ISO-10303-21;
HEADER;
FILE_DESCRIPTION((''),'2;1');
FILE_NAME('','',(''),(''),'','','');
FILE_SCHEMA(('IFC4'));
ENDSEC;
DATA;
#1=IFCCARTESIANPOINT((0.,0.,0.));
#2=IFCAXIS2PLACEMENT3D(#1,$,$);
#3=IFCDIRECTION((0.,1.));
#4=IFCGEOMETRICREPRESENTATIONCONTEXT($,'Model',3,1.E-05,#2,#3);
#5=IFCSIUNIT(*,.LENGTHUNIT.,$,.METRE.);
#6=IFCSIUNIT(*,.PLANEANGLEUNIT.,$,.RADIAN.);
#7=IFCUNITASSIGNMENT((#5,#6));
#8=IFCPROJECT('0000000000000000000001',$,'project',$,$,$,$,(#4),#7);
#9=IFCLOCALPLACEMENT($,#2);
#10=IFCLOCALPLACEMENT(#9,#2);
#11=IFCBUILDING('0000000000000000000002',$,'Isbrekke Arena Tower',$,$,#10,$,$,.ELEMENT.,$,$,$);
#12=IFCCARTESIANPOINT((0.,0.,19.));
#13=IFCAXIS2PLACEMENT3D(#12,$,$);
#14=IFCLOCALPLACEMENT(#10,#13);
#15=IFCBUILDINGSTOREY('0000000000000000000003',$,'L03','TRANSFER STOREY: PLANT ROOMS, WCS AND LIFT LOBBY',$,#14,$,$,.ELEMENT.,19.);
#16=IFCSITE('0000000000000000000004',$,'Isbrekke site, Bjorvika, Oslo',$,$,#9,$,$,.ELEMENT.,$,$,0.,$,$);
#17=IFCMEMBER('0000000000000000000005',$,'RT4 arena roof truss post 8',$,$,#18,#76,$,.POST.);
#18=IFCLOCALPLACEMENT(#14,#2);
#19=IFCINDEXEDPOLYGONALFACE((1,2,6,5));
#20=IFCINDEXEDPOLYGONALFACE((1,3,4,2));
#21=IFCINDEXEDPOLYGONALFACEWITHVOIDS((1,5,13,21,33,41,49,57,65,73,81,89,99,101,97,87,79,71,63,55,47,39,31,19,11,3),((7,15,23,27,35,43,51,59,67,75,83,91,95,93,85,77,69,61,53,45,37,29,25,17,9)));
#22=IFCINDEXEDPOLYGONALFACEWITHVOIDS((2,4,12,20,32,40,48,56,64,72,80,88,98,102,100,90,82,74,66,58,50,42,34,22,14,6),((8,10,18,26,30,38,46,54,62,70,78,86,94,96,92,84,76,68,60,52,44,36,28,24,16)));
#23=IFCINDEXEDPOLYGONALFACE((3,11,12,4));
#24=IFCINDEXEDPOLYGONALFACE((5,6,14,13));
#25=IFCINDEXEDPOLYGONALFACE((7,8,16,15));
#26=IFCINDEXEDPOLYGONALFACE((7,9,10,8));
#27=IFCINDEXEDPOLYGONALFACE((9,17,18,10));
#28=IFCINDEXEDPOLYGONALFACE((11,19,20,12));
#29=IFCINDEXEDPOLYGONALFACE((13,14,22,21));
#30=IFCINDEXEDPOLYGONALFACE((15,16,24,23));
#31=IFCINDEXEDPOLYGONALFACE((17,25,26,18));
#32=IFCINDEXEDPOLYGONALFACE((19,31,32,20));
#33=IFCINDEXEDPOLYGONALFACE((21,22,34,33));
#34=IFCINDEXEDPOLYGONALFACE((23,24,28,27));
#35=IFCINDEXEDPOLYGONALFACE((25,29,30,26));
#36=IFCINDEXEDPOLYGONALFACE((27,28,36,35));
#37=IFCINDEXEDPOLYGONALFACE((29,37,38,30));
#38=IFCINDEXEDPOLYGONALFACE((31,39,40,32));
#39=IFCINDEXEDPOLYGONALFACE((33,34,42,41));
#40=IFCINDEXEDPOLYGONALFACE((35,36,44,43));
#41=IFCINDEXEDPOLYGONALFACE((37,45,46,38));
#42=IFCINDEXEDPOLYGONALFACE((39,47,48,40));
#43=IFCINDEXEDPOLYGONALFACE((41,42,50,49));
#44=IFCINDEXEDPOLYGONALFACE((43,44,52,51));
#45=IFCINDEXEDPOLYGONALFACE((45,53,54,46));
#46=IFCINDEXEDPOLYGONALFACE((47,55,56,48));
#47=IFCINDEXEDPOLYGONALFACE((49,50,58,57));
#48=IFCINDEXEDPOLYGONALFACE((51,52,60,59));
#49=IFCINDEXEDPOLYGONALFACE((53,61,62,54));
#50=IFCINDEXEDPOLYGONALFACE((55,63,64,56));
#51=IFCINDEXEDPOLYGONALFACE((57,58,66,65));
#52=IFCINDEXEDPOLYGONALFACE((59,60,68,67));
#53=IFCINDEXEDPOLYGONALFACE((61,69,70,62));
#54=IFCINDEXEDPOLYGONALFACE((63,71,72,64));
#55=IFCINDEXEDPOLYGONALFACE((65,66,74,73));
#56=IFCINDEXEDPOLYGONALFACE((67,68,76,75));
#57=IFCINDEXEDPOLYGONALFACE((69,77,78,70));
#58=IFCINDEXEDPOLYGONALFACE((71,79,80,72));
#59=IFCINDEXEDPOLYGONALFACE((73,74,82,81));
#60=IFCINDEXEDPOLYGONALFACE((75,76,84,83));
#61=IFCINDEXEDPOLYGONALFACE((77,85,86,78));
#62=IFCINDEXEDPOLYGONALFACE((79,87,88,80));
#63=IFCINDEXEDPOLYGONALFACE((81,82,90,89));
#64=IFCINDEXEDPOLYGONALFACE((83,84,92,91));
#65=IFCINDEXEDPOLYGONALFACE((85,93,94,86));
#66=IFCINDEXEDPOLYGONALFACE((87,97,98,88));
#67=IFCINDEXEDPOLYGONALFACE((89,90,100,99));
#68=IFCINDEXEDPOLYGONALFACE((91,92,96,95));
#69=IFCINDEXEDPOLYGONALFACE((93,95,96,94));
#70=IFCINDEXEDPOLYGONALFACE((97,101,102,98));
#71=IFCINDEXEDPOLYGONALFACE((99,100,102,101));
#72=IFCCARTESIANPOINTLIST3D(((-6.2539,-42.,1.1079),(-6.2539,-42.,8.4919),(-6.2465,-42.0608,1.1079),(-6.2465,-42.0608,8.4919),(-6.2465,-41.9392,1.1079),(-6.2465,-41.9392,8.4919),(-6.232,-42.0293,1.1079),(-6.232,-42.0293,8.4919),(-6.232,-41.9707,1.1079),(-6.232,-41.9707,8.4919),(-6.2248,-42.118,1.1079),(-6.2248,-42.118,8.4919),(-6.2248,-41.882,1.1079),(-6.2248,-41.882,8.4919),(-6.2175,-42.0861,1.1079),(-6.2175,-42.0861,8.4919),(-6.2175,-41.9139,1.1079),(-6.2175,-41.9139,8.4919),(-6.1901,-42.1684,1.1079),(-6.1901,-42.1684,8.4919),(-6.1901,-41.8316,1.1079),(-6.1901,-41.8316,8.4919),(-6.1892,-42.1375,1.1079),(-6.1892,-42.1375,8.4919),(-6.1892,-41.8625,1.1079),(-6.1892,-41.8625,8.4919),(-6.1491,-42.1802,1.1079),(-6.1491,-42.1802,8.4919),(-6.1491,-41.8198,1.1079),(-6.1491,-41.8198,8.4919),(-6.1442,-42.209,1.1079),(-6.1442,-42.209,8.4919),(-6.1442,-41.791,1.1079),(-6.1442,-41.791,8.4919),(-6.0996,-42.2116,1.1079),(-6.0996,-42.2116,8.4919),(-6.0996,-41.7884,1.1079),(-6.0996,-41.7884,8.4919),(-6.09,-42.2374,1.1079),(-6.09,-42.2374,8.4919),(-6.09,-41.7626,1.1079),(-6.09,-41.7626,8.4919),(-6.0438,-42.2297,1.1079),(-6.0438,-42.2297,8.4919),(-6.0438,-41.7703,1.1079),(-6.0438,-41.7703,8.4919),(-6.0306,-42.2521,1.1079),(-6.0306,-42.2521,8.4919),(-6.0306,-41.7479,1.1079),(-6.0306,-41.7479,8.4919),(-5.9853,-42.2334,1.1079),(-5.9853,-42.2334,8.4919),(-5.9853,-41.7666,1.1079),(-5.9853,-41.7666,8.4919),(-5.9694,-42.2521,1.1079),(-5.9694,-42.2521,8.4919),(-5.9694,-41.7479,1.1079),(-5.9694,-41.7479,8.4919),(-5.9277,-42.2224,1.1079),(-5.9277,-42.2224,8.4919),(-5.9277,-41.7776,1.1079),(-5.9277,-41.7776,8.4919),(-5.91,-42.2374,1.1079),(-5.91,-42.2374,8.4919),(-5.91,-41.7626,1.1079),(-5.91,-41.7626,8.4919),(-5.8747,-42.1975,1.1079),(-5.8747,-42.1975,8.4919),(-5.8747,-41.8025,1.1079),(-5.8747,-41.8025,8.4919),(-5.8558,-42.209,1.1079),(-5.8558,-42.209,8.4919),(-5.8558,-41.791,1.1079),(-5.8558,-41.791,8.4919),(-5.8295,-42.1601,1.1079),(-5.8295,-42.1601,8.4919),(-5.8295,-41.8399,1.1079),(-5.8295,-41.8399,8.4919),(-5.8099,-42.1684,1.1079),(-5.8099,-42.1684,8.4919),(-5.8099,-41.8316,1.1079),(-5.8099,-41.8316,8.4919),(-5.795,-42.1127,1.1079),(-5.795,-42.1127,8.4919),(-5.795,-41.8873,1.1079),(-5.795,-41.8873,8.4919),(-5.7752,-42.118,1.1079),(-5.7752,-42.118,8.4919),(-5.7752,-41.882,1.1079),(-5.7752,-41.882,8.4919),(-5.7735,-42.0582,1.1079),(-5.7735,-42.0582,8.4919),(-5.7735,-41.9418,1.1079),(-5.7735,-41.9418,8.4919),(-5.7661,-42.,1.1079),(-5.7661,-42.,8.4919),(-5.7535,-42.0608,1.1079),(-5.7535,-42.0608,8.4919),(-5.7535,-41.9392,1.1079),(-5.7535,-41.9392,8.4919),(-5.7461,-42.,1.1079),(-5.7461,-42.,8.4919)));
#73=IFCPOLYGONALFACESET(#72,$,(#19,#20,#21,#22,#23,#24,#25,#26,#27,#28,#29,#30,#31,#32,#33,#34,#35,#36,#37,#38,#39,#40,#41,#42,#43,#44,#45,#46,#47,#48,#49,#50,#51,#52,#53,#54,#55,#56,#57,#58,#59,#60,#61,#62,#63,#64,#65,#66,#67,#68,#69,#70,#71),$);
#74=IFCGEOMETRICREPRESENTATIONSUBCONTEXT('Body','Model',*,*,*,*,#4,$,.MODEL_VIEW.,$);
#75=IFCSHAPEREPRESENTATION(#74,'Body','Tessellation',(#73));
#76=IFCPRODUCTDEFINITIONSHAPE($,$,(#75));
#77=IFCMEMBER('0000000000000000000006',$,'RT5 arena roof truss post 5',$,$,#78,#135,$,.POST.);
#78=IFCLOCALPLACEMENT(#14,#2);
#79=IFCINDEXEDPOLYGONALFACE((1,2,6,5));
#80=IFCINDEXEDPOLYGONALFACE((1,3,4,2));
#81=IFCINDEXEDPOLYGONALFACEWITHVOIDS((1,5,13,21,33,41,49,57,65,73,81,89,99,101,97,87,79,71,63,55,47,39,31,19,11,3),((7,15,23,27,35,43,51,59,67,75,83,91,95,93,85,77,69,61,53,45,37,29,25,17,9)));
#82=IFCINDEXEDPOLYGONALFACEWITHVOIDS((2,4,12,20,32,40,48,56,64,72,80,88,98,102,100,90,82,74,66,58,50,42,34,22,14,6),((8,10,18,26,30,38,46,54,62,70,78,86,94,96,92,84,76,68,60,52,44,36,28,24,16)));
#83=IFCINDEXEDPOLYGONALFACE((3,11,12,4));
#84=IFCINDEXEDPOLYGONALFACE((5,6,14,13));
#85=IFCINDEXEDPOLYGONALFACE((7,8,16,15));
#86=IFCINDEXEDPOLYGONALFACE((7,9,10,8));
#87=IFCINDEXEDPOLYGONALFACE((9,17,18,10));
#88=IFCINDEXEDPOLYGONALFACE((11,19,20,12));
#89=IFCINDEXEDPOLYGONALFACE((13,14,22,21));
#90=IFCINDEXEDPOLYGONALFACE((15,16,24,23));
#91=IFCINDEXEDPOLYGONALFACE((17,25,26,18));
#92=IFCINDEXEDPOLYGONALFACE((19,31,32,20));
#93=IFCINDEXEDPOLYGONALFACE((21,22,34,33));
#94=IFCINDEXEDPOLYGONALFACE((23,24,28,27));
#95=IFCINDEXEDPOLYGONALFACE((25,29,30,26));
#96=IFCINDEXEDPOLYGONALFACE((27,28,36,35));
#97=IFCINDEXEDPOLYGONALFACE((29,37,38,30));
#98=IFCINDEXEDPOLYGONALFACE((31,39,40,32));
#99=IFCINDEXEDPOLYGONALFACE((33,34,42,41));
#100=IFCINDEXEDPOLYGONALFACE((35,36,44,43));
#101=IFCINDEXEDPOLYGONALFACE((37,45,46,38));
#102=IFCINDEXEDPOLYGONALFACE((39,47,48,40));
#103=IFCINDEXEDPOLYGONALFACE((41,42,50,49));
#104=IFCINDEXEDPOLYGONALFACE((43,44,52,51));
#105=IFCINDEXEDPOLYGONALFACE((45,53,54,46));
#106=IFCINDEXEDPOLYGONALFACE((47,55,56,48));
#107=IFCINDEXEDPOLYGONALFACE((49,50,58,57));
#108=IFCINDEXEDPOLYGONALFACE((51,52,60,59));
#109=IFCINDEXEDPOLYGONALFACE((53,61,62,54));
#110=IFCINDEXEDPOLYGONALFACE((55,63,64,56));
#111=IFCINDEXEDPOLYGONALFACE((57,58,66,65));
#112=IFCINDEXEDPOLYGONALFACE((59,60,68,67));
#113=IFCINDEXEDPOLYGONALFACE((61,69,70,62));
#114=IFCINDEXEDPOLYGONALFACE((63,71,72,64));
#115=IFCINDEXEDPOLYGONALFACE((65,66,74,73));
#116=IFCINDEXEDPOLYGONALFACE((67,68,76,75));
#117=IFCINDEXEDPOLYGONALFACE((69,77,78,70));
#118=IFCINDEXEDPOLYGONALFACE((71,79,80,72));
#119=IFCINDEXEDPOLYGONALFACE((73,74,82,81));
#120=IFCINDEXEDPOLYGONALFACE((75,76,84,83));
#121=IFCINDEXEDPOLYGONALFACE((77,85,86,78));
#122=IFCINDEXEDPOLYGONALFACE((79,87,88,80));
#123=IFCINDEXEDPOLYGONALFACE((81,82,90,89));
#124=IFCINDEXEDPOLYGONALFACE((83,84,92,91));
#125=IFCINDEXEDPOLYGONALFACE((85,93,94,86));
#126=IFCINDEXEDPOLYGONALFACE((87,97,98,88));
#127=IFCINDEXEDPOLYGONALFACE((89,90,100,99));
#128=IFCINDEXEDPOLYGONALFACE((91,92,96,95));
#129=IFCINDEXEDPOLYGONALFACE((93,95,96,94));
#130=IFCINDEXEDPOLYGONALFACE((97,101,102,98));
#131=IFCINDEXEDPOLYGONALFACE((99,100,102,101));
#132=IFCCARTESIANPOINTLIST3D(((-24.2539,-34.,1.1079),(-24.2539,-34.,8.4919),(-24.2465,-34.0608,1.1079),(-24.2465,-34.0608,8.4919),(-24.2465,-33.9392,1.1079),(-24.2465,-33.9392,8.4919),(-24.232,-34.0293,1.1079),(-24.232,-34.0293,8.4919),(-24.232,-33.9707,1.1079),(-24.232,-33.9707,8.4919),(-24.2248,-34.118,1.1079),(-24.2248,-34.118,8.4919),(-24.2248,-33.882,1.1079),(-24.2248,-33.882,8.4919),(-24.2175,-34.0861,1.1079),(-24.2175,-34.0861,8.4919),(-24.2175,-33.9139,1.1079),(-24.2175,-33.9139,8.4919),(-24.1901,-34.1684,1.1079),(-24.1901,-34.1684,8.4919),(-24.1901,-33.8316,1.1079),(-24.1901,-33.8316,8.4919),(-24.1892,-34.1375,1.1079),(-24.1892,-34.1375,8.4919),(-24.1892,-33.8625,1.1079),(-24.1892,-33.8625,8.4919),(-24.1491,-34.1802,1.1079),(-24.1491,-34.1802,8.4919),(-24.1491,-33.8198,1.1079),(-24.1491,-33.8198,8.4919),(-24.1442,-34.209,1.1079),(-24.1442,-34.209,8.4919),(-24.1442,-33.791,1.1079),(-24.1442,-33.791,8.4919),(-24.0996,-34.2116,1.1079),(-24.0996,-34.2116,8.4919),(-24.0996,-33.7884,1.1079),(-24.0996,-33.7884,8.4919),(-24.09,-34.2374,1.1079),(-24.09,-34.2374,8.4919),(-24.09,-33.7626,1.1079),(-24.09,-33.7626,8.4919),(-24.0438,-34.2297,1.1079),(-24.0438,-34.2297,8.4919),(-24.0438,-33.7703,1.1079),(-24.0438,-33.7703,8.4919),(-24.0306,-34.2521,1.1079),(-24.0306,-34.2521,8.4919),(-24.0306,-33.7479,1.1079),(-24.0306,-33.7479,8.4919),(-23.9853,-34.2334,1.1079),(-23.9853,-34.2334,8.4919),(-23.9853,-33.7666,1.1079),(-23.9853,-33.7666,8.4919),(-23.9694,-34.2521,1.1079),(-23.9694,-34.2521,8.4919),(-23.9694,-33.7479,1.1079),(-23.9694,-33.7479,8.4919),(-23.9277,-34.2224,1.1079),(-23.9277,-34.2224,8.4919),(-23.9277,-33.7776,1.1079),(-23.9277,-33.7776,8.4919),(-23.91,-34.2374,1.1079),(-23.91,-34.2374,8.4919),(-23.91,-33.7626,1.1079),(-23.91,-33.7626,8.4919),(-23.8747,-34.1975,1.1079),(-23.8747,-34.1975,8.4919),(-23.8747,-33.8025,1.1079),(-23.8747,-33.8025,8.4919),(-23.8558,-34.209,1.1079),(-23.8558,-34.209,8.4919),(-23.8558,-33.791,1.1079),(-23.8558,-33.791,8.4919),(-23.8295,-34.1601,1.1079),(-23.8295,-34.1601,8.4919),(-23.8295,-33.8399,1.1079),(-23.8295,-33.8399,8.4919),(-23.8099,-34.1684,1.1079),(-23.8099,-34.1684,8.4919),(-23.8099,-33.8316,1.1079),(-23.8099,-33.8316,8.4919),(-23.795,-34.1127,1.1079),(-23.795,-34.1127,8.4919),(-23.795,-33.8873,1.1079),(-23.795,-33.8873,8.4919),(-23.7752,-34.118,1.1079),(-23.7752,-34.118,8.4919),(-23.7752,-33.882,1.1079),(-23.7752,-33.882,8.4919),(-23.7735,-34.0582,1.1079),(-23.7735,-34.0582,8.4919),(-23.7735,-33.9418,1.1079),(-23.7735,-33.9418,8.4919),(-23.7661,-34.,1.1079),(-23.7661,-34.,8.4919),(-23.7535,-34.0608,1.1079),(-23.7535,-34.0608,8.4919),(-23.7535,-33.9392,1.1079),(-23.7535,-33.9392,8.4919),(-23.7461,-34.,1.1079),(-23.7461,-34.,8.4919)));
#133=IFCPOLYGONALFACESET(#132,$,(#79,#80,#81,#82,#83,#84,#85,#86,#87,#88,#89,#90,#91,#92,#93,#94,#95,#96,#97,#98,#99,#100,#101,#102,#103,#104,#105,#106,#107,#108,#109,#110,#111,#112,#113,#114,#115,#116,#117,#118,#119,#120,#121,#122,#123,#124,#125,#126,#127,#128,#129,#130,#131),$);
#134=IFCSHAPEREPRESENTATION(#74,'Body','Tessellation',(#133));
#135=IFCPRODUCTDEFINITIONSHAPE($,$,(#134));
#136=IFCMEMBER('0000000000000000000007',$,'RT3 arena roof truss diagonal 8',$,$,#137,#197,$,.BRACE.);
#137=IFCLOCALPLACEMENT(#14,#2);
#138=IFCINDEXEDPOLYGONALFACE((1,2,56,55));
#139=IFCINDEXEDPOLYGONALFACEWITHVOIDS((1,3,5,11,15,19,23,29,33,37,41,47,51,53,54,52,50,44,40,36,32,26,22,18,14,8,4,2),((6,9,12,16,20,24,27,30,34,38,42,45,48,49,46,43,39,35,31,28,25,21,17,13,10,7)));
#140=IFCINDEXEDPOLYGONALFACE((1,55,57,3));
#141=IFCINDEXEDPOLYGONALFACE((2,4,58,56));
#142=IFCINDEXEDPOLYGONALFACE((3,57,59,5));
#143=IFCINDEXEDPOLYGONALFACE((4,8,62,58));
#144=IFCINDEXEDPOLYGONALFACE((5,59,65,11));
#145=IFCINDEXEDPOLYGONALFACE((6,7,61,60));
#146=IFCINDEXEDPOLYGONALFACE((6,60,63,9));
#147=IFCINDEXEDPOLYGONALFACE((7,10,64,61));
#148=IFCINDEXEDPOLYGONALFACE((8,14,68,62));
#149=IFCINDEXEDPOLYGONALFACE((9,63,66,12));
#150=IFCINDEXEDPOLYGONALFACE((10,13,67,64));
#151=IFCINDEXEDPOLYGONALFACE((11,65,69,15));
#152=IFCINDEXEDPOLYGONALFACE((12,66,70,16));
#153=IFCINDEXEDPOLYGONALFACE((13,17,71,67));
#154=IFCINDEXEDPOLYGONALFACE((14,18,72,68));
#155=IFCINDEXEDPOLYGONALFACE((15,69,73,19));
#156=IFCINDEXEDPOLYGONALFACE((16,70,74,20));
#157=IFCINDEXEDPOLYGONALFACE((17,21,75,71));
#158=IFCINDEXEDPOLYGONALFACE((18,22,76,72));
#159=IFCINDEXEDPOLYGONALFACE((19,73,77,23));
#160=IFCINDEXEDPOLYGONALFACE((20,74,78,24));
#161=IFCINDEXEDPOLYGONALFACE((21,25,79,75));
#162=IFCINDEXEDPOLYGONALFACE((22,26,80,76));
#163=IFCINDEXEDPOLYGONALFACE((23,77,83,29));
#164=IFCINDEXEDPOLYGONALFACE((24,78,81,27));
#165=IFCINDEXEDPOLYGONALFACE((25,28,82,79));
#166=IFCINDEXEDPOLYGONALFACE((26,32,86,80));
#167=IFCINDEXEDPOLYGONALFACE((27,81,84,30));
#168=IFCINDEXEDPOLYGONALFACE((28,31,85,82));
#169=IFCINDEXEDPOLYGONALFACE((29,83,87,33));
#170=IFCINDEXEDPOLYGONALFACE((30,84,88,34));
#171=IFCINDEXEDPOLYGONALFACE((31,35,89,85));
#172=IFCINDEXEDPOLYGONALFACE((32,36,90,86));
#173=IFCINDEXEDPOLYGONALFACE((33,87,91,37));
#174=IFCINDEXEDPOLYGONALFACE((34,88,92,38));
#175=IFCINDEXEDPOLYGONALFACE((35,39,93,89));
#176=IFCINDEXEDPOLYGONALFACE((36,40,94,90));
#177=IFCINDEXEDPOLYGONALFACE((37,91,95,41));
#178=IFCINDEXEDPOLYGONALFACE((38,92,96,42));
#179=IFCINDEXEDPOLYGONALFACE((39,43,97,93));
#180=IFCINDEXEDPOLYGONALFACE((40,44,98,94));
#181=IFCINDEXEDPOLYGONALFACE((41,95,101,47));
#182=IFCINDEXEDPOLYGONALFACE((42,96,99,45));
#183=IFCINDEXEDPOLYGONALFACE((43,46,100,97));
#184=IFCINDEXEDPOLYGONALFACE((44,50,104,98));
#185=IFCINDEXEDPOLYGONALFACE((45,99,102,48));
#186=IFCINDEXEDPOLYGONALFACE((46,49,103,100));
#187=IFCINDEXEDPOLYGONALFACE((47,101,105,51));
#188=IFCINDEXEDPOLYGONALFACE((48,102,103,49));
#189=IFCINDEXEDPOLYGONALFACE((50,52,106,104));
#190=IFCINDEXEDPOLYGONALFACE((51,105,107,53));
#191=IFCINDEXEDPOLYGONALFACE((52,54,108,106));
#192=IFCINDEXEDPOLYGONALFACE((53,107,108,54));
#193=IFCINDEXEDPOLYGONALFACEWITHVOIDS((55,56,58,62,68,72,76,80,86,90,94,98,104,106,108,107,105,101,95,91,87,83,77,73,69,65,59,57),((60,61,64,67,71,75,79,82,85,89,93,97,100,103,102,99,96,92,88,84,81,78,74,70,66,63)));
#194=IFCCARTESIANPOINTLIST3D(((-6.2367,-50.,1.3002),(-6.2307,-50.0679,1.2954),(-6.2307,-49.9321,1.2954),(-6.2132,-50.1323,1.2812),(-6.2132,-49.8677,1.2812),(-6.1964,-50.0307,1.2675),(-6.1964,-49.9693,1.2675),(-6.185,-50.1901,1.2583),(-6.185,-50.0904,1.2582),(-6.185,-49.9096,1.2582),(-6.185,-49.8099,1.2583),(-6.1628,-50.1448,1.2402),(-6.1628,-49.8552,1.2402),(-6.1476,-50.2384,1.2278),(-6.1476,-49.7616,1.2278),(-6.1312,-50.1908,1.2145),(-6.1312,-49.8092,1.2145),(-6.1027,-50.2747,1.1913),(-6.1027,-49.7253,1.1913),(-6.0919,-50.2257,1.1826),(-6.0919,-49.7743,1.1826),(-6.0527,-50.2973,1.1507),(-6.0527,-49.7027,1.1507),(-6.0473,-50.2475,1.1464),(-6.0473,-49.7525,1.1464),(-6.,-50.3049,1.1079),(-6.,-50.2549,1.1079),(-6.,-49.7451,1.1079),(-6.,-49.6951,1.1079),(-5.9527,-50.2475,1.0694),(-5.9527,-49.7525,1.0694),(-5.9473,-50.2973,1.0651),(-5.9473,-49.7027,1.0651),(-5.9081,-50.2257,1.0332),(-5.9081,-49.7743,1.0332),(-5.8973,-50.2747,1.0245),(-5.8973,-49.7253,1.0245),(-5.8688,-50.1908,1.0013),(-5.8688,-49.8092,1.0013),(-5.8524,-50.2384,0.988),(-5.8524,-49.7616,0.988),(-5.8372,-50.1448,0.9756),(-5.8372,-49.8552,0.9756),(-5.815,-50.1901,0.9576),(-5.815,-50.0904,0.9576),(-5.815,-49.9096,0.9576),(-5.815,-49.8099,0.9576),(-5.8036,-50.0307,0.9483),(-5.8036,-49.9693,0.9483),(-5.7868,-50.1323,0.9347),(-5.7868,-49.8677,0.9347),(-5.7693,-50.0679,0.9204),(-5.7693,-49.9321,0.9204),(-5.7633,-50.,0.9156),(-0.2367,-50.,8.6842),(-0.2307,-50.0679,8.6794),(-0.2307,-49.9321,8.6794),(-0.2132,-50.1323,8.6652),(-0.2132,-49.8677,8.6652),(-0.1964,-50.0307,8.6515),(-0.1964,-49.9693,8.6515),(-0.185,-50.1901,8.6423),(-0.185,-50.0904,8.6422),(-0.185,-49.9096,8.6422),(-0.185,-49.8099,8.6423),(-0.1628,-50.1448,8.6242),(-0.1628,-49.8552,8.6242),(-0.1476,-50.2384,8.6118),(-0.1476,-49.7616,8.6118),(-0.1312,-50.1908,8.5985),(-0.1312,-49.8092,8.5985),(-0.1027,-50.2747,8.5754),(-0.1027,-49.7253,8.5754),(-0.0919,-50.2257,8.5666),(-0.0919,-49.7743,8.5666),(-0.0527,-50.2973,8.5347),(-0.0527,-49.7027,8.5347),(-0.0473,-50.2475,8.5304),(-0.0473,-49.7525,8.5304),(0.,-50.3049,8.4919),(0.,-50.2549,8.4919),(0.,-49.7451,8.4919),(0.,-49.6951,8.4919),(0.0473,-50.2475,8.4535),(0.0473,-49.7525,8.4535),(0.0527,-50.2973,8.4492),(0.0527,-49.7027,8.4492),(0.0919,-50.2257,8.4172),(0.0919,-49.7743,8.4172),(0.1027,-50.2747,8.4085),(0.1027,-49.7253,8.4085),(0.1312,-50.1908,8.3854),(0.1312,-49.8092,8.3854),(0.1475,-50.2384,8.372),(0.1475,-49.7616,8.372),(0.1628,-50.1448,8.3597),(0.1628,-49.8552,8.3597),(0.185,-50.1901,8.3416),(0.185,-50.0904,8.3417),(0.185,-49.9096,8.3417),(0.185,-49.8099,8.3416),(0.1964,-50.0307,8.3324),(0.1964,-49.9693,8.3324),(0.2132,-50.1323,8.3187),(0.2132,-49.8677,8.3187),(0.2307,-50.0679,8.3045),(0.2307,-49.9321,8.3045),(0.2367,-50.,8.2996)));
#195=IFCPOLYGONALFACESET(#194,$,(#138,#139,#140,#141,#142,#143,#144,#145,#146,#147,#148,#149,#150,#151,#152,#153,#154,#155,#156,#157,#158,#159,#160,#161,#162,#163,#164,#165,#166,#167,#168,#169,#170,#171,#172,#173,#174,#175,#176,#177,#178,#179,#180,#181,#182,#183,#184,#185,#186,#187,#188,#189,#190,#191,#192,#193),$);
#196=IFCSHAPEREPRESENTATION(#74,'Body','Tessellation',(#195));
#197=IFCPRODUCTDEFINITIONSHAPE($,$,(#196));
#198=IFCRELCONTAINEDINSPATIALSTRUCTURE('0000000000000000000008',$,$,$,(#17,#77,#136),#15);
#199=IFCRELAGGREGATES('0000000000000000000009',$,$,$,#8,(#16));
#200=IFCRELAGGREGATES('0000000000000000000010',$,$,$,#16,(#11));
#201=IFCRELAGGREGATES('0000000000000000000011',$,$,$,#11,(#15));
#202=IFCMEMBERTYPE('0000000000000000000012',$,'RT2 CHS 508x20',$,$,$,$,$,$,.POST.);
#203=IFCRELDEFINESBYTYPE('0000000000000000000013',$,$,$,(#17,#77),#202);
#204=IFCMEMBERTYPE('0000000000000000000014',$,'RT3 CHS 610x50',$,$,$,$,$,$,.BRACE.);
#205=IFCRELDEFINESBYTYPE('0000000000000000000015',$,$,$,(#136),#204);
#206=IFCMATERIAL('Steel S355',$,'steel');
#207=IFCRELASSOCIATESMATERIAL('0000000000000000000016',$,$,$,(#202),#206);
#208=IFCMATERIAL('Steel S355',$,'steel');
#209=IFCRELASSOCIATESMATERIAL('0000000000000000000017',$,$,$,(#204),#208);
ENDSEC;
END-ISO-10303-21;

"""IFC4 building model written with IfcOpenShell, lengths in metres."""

from ifc_helpers import new_model, si_unit, direction, frame, origin, origin_2d, place, context, subcontext, project, spatial, hollow_circle, extrude, material, material_profile, profile_set, type_object, element, save


model = new_model("IFC4")

# Units and contexts
model_context = context("Model", 3, precision=1e-05, world=origin(), true_north=direction((0.0, 1.0)))
body_context = subcontext(model_context, "Body", "Model", "MODEL_VIEW")
ifc_project = project(units=[si_unit("LENGTHUNIT", "METRE"), si_unit("PLANEANGLEUNIT", "RADIAN")], contexts=[model_context])

# Site, building, storey
site_placement = place(None, origin())
site = spatial("IfcSite", under=ifc_project, at=site_placement, Name="Isbrekke site, Bjorvika, Oslo", CompositionType="ELEMENT", RefElevation=0.0)
building_placement = place(site_placement, origin())
building = spatial("IfcBuilding", under=site, at=building_placement, Name="Isbrekke Arena Tower", CompositionType="ELEMENT")
storey_placement = place(building_placement, frame((0.0, 0.0, 19.0)))
storey = spatial("IfcBuildingStorey", under=building, at=storey_placement, Name="L03", Description="TRANSFER STOREY: PLANT ROOMS, WCS AND LIFT LOBBY", CompositionType="ELEMENT", Elevation=19.0)

# Members
ifc_material_1 = material(Name="Steel S355", Category="steel")
ifc_material_profile_1 = material_profile(ifc_material_1, hollow_circle(Radius=0.2539, WallThickness=0.02, at=origin_2d()), Name="CHS 508x20")
ifc_profile_set_1 = profile_set([ifc_material_profile_1], Name="Steel S355")
member_type_1 = type_object("IfcMemberType", Name="RT2 CHS 508x20", PredefinedType="POST", material=ifc_profile_set_1)
for number, where, z_axis, x_axis, name in (
    (1, (-6.0, -42.0, 1.1079), (0.0, 0.0, 1.0), (1.0, 0.0, 0.0), "RT4 arena roof truss post 8"),
    (2, (-24.0, -34.0, 1.1079), (0.0, 0.0, 1.0), (1.0, 0.0, 0.0), "RT5 arena roof truss post 5"),
):
    element("IfcMember", number, at=place(storey_placement, frame(where, z_axis=z_axis, x_axis=x_axis)), inside=storey, type_object=member_type_1, Name=name, PredefinedType="POST", context=body_context, shape_type="SweptSolid", body=[
        extrude(hollow_circle(Radius=0.2539, WallThickness=0.02, at=origin_2d()), origin(), (0.0, 0.0, 1.0), 7.384),
    ])
ifc_material_2 = material(Name="Steel S355", Category="steel")
ifc_material_profile_2 = material_profile(ifc_material_2, hollow_circle(Radius=0.3049, WallThickness=0.05, at=origin_2d()), Name="CHS 610x50")
ifc_profile_set_2 = profile_set([ifc_material_profile_2], Name="Steel S355")
member_type_2 = type_object("IfcMemberType", Name="RT3 CHS 610x50", PredefinedType="BRACE", material=ifc_profile_set_2)
for number, where, z_axis, x_axis, name in (
    (3, (-6.0, -50.0, 1.1079), (0.630623, 0.0, 0.77609), (0.0, 1.0, 0.0), "RT3 arena roof truss diagonal 8"),
):
    element("IfcMember", number, at=place(storey_placement, frame(where, z_axis=z_axis, x_axis=x_axis)), inside=storey, type_object=member_type_2, Name=name, PredefinedType="BRACE", context=body_context, shape_type="SweptSolid", body=[
        extrude(hollow_circle(Radius=0.3049, WallThickness=0.05, at=origin_2d()), origin(), (0.0, 0.0, 1.0), 9.5144),
    ])

save(model, "model.ifc")
